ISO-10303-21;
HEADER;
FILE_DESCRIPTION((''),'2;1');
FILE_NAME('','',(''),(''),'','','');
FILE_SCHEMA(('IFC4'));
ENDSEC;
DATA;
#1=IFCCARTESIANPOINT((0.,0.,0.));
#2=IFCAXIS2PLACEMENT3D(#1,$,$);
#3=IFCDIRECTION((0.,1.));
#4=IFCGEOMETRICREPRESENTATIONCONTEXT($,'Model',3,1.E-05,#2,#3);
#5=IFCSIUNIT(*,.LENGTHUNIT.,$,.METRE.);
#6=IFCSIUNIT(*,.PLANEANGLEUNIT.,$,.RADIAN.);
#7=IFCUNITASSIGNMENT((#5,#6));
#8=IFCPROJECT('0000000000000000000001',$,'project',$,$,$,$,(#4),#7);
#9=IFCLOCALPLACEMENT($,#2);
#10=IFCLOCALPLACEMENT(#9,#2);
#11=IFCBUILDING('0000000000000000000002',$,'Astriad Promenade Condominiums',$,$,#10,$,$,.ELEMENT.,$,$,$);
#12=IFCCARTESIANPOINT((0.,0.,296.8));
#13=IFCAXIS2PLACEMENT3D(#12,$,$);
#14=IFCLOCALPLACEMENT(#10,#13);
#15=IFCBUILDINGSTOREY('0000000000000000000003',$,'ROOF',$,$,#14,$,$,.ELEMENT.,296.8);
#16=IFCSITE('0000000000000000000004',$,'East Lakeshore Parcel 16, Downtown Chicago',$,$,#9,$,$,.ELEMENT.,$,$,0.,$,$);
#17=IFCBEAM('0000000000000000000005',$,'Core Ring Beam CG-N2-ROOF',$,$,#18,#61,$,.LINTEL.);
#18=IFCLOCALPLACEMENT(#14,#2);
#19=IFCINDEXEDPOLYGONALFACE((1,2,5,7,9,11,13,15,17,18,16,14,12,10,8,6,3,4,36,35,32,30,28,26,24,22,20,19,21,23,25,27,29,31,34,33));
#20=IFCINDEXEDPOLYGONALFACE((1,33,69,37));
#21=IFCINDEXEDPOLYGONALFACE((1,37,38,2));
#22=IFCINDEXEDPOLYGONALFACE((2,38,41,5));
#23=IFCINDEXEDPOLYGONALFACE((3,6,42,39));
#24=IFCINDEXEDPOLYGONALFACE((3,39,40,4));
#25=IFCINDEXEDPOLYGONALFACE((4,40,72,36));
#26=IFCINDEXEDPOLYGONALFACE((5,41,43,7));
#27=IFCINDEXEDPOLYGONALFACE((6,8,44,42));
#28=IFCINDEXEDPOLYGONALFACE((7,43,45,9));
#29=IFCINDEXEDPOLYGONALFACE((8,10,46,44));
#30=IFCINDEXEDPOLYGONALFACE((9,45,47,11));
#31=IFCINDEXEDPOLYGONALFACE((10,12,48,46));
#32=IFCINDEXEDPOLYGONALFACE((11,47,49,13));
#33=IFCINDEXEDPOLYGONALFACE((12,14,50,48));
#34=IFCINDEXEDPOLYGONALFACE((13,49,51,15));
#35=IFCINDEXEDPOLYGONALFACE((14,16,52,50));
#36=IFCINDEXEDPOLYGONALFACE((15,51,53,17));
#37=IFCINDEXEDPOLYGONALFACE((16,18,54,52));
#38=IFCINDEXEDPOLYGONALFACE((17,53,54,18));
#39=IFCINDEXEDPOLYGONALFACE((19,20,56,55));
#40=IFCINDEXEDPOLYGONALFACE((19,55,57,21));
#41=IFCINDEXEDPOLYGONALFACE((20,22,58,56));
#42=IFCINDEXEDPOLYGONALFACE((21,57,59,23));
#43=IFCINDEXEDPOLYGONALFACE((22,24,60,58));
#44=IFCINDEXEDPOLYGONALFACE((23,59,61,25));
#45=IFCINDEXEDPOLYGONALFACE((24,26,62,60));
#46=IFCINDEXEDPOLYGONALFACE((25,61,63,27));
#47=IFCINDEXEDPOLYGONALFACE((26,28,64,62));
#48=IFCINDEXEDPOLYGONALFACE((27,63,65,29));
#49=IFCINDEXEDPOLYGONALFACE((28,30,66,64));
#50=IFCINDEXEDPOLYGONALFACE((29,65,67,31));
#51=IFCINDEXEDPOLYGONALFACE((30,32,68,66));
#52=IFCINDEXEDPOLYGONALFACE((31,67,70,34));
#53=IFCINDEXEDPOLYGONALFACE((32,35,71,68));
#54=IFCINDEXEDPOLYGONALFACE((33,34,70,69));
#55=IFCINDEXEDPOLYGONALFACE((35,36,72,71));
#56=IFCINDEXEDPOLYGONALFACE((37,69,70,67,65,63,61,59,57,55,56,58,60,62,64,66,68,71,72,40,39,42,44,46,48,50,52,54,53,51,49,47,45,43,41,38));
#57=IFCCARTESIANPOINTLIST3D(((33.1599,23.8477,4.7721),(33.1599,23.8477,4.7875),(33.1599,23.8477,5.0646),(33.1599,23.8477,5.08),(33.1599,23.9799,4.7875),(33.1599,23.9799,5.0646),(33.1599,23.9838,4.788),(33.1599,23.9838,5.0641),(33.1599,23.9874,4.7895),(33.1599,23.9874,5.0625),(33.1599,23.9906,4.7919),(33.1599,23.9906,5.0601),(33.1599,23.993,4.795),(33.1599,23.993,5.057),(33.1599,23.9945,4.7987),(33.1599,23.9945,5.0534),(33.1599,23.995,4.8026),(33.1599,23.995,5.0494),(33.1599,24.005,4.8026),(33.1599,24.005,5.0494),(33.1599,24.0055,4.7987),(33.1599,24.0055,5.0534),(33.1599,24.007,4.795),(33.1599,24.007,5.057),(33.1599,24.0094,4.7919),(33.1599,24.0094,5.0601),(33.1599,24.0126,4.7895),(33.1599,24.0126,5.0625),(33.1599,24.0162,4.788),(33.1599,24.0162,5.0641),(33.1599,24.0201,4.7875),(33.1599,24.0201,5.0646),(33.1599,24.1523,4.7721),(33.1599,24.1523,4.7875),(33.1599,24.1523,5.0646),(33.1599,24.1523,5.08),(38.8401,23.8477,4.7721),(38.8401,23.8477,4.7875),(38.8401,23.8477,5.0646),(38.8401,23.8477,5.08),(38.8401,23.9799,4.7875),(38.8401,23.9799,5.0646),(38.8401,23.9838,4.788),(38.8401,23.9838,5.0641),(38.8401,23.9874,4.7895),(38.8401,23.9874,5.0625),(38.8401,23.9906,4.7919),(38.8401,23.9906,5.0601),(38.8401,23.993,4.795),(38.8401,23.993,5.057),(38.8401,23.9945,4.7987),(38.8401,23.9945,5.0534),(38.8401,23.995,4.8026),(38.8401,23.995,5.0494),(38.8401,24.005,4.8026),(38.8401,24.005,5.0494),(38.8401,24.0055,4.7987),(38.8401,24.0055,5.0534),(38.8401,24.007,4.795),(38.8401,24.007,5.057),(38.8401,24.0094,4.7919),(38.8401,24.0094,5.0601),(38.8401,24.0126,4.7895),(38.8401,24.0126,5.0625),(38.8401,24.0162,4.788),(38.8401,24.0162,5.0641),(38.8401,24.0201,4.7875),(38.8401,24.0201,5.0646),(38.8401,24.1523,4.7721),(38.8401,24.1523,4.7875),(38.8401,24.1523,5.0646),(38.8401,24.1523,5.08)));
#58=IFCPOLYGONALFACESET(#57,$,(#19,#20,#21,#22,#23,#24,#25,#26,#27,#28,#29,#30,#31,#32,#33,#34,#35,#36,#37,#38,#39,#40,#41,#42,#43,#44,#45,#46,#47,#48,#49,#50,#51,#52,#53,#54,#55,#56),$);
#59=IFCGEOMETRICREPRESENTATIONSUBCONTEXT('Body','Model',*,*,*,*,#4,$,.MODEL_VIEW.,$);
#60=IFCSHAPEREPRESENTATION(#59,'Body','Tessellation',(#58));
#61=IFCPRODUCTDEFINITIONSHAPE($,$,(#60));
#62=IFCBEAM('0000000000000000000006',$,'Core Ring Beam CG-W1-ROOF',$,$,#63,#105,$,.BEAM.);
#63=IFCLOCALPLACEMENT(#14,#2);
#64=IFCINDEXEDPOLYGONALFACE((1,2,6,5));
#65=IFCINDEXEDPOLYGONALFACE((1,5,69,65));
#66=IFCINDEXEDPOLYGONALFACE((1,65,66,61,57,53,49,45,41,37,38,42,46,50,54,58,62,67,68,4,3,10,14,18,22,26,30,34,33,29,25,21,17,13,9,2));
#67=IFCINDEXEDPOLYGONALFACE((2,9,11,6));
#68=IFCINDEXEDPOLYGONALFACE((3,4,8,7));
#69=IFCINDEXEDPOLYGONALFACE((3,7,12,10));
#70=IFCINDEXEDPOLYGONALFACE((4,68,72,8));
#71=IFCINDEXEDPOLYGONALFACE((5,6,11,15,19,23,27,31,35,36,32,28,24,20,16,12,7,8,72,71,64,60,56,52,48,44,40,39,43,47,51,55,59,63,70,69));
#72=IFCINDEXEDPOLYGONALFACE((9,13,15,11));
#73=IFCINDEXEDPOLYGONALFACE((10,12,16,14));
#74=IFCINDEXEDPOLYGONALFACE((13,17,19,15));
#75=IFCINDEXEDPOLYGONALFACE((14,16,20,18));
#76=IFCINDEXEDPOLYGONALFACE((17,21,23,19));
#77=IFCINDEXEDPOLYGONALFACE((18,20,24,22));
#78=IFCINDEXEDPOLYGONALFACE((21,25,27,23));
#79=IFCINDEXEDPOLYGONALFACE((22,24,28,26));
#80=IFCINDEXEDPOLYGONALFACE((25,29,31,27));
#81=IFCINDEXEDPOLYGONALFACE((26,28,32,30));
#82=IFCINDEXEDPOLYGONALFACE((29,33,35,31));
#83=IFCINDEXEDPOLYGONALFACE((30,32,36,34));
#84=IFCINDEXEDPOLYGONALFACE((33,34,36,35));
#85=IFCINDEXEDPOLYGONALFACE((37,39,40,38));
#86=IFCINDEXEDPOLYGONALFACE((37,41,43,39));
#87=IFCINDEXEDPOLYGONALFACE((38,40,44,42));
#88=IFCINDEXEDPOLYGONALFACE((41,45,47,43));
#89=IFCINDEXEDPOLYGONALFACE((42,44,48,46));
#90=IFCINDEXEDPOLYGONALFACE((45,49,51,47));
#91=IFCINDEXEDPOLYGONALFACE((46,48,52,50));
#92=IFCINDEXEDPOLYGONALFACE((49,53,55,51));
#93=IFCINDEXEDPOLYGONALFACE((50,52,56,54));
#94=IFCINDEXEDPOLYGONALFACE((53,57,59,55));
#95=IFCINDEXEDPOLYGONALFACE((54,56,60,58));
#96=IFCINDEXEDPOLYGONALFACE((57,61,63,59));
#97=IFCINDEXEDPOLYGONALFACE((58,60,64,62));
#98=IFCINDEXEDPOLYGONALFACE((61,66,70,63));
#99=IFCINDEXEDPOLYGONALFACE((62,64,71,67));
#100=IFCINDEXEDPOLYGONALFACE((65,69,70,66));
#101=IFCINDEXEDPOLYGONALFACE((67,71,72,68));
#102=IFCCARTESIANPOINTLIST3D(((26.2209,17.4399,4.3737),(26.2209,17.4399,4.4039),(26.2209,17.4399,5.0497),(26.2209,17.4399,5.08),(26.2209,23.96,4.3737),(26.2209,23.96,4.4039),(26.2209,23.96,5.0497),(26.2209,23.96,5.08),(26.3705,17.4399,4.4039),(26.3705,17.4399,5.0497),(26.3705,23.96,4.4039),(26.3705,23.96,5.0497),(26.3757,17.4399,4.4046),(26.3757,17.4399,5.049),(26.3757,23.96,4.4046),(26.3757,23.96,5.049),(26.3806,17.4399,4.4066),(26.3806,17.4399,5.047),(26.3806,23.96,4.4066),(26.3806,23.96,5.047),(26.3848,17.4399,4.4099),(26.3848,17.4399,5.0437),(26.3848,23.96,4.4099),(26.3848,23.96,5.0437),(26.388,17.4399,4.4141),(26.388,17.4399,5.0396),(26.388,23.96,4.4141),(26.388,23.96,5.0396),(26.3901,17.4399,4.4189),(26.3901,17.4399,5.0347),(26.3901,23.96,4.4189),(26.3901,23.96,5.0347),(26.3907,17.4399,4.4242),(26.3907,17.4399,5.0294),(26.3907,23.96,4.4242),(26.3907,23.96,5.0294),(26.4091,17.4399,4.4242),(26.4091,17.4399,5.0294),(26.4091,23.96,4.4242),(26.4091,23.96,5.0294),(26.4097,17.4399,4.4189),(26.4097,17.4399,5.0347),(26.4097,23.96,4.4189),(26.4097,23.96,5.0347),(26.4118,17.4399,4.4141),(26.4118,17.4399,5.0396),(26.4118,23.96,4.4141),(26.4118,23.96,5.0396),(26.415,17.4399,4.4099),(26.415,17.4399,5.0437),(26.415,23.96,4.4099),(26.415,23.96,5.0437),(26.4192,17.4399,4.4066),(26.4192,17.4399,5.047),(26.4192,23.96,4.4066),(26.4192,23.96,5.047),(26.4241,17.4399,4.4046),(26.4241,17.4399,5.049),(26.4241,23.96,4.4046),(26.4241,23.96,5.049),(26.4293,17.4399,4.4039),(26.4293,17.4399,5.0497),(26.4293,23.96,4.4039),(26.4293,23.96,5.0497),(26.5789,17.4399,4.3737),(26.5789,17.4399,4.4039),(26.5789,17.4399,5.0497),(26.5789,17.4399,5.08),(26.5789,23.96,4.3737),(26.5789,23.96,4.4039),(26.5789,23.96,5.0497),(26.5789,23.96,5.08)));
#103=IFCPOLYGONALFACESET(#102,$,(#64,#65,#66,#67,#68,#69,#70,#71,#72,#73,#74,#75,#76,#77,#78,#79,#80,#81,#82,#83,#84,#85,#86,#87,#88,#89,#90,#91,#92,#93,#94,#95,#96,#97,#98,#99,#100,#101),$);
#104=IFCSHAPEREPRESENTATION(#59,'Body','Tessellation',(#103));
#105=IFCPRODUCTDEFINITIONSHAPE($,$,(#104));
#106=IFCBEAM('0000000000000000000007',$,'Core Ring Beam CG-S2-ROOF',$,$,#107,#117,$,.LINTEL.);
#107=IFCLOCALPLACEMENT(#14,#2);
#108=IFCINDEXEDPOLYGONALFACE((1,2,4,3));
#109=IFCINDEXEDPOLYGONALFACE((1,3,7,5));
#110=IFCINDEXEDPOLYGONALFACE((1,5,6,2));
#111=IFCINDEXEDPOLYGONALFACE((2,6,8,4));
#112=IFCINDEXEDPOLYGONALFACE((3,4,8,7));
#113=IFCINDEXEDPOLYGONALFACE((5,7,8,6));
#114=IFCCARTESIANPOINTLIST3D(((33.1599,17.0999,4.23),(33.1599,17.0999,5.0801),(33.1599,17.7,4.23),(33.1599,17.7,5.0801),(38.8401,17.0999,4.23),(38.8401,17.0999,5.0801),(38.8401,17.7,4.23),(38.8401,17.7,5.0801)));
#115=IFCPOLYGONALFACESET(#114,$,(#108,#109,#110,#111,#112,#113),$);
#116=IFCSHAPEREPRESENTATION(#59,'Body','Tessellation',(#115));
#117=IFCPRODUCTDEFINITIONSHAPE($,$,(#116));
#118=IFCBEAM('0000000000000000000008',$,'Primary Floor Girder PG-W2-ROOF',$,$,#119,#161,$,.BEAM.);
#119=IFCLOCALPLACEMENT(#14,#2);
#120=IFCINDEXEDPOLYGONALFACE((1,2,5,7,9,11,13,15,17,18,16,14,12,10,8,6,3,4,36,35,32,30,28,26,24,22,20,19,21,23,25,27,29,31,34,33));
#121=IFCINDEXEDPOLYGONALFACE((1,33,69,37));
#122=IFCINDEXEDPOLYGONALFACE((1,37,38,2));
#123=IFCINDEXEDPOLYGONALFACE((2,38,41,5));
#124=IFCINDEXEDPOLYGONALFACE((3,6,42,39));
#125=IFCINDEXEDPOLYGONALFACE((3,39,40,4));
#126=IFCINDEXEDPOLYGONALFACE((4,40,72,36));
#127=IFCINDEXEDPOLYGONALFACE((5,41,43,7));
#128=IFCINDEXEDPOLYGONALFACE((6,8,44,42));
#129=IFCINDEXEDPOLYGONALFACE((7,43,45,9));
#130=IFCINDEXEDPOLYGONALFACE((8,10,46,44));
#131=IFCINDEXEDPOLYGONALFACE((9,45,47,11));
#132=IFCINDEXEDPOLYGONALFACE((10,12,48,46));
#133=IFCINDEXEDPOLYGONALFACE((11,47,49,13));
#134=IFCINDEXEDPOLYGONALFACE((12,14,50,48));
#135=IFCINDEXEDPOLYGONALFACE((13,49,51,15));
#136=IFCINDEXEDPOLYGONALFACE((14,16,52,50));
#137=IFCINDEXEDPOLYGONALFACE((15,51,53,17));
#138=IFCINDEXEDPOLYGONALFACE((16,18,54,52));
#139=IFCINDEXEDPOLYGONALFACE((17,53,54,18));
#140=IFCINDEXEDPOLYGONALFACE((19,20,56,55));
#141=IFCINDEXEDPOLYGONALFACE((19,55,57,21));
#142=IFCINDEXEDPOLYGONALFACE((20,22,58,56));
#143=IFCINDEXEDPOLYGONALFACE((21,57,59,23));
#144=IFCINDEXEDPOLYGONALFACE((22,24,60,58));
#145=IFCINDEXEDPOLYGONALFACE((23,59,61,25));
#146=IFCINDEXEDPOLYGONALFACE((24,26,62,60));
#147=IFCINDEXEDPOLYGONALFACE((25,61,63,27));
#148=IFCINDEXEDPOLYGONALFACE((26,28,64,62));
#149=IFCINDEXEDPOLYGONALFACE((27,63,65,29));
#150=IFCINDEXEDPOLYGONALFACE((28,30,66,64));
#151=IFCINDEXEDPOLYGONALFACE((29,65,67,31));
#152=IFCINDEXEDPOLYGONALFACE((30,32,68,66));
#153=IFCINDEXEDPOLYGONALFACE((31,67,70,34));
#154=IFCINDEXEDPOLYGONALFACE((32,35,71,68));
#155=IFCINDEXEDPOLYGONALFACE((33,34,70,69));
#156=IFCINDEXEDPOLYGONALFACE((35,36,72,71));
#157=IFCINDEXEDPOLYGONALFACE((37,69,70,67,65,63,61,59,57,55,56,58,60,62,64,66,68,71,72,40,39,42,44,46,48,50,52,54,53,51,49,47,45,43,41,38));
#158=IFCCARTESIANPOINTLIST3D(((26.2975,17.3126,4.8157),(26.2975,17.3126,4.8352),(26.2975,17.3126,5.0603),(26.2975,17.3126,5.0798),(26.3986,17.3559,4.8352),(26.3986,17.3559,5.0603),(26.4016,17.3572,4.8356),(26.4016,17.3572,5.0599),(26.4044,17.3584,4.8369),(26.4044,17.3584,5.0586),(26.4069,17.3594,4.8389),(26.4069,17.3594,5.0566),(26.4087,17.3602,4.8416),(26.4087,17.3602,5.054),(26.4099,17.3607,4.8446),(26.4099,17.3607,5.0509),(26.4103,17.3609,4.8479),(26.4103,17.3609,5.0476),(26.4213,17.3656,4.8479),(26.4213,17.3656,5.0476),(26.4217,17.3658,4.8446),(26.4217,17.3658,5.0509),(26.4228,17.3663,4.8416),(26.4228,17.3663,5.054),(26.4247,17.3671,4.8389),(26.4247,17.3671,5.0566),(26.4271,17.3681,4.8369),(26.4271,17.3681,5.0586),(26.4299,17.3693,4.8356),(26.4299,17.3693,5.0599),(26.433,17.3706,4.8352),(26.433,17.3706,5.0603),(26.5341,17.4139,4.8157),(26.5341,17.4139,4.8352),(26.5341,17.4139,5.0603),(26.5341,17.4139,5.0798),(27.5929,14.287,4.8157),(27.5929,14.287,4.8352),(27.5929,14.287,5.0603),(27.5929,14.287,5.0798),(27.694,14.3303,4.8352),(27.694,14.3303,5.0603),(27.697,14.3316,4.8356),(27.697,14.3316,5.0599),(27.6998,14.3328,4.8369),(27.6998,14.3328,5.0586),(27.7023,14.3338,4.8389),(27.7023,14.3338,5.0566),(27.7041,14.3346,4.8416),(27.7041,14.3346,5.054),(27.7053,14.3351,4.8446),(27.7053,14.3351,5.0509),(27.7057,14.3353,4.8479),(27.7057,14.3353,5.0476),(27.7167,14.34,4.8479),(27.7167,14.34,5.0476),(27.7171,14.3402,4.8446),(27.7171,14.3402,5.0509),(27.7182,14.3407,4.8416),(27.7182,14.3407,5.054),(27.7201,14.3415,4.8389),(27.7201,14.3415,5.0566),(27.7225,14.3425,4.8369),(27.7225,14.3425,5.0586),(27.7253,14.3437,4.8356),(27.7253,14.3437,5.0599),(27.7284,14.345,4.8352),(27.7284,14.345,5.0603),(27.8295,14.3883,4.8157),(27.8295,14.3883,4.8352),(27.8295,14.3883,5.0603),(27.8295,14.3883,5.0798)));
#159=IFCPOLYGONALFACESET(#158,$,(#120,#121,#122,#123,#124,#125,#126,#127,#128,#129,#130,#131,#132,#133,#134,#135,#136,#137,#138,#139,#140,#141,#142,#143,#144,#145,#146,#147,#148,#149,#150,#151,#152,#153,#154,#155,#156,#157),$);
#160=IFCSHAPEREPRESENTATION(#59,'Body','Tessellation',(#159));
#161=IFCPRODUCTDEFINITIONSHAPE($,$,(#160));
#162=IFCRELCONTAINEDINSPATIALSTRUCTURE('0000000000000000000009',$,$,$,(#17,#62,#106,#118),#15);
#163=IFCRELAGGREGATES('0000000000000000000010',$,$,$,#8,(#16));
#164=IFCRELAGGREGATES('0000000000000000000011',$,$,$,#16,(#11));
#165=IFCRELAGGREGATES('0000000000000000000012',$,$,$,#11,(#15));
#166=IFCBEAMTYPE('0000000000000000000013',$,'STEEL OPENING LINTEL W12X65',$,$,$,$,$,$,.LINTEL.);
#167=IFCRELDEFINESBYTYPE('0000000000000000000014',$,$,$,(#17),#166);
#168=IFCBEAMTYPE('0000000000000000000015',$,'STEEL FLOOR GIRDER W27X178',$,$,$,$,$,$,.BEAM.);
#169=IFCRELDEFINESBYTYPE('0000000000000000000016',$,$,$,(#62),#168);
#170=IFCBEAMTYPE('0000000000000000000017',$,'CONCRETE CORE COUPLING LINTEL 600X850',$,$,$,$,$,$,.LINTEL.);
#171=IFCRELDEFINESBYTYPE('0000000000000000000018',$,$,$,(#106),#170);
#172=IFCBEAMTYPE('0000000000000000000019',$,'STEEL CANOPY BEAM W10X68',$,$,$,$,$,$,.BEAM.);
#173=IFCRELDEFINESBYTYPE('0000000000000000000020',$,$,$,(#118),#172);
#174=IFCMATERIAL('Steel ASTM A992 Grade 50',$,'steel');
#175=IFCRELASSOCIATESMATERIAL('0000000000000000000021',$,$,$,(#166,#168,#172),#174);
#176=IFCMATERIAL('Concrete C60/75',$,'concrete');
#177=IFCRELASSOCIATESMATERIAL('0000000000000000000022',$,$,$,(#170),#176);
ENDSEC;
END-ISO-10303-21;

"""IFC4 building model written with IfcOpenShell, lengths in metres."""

from ifc_helpers import new_model, si_unit, direction, frame, origin, origin_2d, place, context, subcontext, project, spatial, rectangle, i_section, extrude, source, transform, mapped, material, material_profile, profile_set, type_object, type_shapes, element, save


model = new_model("IFC4")

# Units and contexts
model_context = context("Model", 3, precision=1e-05, world=origin(), true_north=direction((0.0, 1.0)))
body_context = subcontext(model_context, "Body", "Model", "MODEL_VIEW")
ifc_project = project(units=[si_unit("LENGTHUNIT", "METRE"), si_unit("PLANEANGLEUNIT", "RADIAN")], contexts=[model_context])

# Site, building, storey
site_placement = place(None, origin())
site = spatial("IfcSite", under=ifc_project, at=site_placement, Name="East Lakeshore Parcel 16, Downtown Chicago", CompositionType="ELEMENT", RefElevation=0.0)
building_placement = place(site_placement, origin())
building = spatial("IfcBuilding", under=site, at=building_placement, Name="Astriad Promenade Condominiums", CompositionType="ELEMENT")
storey_placement = place(building_placement, frame((0.0, 0.0, 296.8)))
storey = spatial("IfcBuildingStorey", under=building, at=storey_placement, Name="ROOF", CompositionType="ELEMENT", Elevation=296.8)

# Shared definitions
ifc_material_1 = material(Name="Steel ASTM A992 Grade 50", Category="steel")

# Beams
ifc_material_profile_1 = material_profile(ifc_material_1, i_section(OverallWidth=0.3047, OverallDepth=0.3079, WebThickness=0.01, FlangeThickness=0.0154, FilletRadius=0.0151, at=origin_2d()), Name="W12X65")
ifc_profile_set_1 = profile_set([ifc_material_profile_1], Name="Steel ASTM A992 Grade 50")
beam_type_1 = type_object("IfcBeamType", Name="STEEL OPENING LINTEL W12X65", PredefinedType="LINTEL", material=ifc_profile_set_1)
shared_shape_1 = source(origin(), body_context, "Body", "SweptSolid", [
    extrude(i_section(OverallWidth=0.3047, OverallDepth=0.3079, WebThickness=0.01, FlangeThickness=0.0154, FilletRadius=0.0151, at=origin_2d()), origin(), (0.0, 0.0, 1.0), 5.6802),
])
type_shapes(beam_type_1, [shared_shape_1])
beam_1_placement = place(storey_placement, frame((33.1599, 24.0, 4.926), z_axis=(1.0, 0.0, 0.0), x_axis=(0.0, 1.0, 0.0)))
element("IfcBeam", 1, at=beam_1_placement, inside=storey, type_object=beam_type_1, Name="Core Ring Beam CG-N2-ROOF", PredefinedType="LINTEL", context=body_context, shape_type="MappedRepresentation", body=[
    mapped(shared_shape_1, transform((0.0, 0.0, 0.0), scale=1.0)),
])
ifc_material_profile_2 = material_profile(ifc_material_1, i_section(OverallWidth=0.3579, OverallDepth=0.7063, WebThickness=0.0183, FlangeThickness=0.0303, FilletRadius=0.0203, at=origin_2d()), Name="W27X178")
ifc_profile_set_2 = profile_set([ifc_material_profile_2], Name="Steel ASTM A992 Grade 50")
beam_type_2 = type_object("IfcBeamType", Name="STEEL FLOOR GIRDER W27X178", PredefinedType="BEAM", material=ifc_profile_set_2)
shared_shape_2 = source(origin(), body_context, "Body", "SweptSolid", [
    extrude(i_section(OverallWidth=0.3579, OverallDepth=0.7063, WebThickness=0.0183, FlangeThickness=0.0303, FilletRadius=0.0203, at=origin_2d()), origin(), (0.0, 0.0, 1.0), 6.52),
])
type_shapes(beam_type_2, [shared_shape_2])
beam_2_placement = place(storey_placement, frame((26.3999, 17.4399, 4.7268), z_axis=(0.0, 1.0, 0.0), x_axis=(-1.0, 0.0, 0.0)))
element("IfcBeam", 2, at=beam_2_placement, inside=storey, type_object=beam_type_2, Name="Core Ring Beam CG-W1-ROOF", PredefinedType="BEAM", context=body_context, shape_type="MappedRepresentation", body=[
    mapped(shared_shape_2, transform((0.0, 0.0, 0.0), scale=1.0)),
])
ifc_material_2 = material(Name="Concrete C60/75", Category="concrete")
ifc_material_profile_3 = material_profile(ifc_material_2, rectangle(XDim=0.6001, YDim=0.8501, at=origin_2d()), Name="RC-BM-600X850")
ifc_profile_set_3 = profile_set([ifc_material_profile_3], Name="Concrete C60/75")
beam_type_3 = type_object("IfcBeamType", Name="CONCRETE CORE COUPLING LINTEL 600X850", PredefinedType="LINTEL", material=ifc_profile_set_3)
shared_shape_3 = source(origin(), body_context, "Body", "SweptSolid", [
    extrude(rectangle(XDim=0.6001, YDim=0.8501, at=origin_2d()), origin(), (0.0, 0.0, 1.0), 5.6802),
])
type_shapes(beam_type_3, [shared_shape_3])
beam_3_placement = place(storey_placement, frame((33.1599, 17.3999, 4.655), z_axis=(1.0, 0.0, 0.0), x_axis=(0.0, 1.0, 0.0)))
element("IfcBeam", 3, at=beam_3_placement, inside=storey, type_object=beam_type_3, Name="Core Ring Beam CG-S2-ROOF", PredefinedType="LINTEL", context=body_context, shape_type="MappedRepresentation", body=[
    mapped(shared_shape_3, transform((0.0, 0.0, 0.0), scale=1.0)),
])
ifc_material_profile_4 = material_profile(ifc_material_1, i_section(OverallWidth=0.2573, OverallDepth=0.2642, WebThickness=0.012, FlangeThickness=0.0195, FilletRadius=0.0127, at=origin_2d()), Name="W10X68")
ifc_profile_set_4 = profile_set([ifc_material_profile_4], Name="Steel ASTM A992 Grade 50")
beam_type_4 = type_object("IfcBeamType", Name="STEEL CANOPY BEAM W10X68", PredefinedType="BEAM", material=ifc_profile_set_4)
shared_shape_4 = source(origin(), body_context, "Body", "SweptSolid", [
    extrude(i_section(OverallWidth=0.2573, OverallDepth=0.2642, WebThickness=0.012, FlangeThickness=0.0195, FilletRadius=0.0127, at=origin_2d()), origin(), (0.0, 0.0, 1.0), 3.2913),
])
beam_4_placement = place(storey_placement, frame((27.7112, 14.3376, 4.9478), z_axis=(-0.393588, 0.919287, 0.0), x_axis=(-0.919287, -0.393588, 0.0)))
element("IfcBeam", 4, at=beam_4_placement, inside=storey, type_object=beam_type_4, Name="Primary Floor Girder PG-W2-ROOF", PredefinedType="BEAM", context=body_context, shape_type="MappedRepresentation", body=[
    mapped(shared_shape_4, transform((0.0, 0.0, 0.0), scale=1.0)),
])

save(model, "model.ifc")
